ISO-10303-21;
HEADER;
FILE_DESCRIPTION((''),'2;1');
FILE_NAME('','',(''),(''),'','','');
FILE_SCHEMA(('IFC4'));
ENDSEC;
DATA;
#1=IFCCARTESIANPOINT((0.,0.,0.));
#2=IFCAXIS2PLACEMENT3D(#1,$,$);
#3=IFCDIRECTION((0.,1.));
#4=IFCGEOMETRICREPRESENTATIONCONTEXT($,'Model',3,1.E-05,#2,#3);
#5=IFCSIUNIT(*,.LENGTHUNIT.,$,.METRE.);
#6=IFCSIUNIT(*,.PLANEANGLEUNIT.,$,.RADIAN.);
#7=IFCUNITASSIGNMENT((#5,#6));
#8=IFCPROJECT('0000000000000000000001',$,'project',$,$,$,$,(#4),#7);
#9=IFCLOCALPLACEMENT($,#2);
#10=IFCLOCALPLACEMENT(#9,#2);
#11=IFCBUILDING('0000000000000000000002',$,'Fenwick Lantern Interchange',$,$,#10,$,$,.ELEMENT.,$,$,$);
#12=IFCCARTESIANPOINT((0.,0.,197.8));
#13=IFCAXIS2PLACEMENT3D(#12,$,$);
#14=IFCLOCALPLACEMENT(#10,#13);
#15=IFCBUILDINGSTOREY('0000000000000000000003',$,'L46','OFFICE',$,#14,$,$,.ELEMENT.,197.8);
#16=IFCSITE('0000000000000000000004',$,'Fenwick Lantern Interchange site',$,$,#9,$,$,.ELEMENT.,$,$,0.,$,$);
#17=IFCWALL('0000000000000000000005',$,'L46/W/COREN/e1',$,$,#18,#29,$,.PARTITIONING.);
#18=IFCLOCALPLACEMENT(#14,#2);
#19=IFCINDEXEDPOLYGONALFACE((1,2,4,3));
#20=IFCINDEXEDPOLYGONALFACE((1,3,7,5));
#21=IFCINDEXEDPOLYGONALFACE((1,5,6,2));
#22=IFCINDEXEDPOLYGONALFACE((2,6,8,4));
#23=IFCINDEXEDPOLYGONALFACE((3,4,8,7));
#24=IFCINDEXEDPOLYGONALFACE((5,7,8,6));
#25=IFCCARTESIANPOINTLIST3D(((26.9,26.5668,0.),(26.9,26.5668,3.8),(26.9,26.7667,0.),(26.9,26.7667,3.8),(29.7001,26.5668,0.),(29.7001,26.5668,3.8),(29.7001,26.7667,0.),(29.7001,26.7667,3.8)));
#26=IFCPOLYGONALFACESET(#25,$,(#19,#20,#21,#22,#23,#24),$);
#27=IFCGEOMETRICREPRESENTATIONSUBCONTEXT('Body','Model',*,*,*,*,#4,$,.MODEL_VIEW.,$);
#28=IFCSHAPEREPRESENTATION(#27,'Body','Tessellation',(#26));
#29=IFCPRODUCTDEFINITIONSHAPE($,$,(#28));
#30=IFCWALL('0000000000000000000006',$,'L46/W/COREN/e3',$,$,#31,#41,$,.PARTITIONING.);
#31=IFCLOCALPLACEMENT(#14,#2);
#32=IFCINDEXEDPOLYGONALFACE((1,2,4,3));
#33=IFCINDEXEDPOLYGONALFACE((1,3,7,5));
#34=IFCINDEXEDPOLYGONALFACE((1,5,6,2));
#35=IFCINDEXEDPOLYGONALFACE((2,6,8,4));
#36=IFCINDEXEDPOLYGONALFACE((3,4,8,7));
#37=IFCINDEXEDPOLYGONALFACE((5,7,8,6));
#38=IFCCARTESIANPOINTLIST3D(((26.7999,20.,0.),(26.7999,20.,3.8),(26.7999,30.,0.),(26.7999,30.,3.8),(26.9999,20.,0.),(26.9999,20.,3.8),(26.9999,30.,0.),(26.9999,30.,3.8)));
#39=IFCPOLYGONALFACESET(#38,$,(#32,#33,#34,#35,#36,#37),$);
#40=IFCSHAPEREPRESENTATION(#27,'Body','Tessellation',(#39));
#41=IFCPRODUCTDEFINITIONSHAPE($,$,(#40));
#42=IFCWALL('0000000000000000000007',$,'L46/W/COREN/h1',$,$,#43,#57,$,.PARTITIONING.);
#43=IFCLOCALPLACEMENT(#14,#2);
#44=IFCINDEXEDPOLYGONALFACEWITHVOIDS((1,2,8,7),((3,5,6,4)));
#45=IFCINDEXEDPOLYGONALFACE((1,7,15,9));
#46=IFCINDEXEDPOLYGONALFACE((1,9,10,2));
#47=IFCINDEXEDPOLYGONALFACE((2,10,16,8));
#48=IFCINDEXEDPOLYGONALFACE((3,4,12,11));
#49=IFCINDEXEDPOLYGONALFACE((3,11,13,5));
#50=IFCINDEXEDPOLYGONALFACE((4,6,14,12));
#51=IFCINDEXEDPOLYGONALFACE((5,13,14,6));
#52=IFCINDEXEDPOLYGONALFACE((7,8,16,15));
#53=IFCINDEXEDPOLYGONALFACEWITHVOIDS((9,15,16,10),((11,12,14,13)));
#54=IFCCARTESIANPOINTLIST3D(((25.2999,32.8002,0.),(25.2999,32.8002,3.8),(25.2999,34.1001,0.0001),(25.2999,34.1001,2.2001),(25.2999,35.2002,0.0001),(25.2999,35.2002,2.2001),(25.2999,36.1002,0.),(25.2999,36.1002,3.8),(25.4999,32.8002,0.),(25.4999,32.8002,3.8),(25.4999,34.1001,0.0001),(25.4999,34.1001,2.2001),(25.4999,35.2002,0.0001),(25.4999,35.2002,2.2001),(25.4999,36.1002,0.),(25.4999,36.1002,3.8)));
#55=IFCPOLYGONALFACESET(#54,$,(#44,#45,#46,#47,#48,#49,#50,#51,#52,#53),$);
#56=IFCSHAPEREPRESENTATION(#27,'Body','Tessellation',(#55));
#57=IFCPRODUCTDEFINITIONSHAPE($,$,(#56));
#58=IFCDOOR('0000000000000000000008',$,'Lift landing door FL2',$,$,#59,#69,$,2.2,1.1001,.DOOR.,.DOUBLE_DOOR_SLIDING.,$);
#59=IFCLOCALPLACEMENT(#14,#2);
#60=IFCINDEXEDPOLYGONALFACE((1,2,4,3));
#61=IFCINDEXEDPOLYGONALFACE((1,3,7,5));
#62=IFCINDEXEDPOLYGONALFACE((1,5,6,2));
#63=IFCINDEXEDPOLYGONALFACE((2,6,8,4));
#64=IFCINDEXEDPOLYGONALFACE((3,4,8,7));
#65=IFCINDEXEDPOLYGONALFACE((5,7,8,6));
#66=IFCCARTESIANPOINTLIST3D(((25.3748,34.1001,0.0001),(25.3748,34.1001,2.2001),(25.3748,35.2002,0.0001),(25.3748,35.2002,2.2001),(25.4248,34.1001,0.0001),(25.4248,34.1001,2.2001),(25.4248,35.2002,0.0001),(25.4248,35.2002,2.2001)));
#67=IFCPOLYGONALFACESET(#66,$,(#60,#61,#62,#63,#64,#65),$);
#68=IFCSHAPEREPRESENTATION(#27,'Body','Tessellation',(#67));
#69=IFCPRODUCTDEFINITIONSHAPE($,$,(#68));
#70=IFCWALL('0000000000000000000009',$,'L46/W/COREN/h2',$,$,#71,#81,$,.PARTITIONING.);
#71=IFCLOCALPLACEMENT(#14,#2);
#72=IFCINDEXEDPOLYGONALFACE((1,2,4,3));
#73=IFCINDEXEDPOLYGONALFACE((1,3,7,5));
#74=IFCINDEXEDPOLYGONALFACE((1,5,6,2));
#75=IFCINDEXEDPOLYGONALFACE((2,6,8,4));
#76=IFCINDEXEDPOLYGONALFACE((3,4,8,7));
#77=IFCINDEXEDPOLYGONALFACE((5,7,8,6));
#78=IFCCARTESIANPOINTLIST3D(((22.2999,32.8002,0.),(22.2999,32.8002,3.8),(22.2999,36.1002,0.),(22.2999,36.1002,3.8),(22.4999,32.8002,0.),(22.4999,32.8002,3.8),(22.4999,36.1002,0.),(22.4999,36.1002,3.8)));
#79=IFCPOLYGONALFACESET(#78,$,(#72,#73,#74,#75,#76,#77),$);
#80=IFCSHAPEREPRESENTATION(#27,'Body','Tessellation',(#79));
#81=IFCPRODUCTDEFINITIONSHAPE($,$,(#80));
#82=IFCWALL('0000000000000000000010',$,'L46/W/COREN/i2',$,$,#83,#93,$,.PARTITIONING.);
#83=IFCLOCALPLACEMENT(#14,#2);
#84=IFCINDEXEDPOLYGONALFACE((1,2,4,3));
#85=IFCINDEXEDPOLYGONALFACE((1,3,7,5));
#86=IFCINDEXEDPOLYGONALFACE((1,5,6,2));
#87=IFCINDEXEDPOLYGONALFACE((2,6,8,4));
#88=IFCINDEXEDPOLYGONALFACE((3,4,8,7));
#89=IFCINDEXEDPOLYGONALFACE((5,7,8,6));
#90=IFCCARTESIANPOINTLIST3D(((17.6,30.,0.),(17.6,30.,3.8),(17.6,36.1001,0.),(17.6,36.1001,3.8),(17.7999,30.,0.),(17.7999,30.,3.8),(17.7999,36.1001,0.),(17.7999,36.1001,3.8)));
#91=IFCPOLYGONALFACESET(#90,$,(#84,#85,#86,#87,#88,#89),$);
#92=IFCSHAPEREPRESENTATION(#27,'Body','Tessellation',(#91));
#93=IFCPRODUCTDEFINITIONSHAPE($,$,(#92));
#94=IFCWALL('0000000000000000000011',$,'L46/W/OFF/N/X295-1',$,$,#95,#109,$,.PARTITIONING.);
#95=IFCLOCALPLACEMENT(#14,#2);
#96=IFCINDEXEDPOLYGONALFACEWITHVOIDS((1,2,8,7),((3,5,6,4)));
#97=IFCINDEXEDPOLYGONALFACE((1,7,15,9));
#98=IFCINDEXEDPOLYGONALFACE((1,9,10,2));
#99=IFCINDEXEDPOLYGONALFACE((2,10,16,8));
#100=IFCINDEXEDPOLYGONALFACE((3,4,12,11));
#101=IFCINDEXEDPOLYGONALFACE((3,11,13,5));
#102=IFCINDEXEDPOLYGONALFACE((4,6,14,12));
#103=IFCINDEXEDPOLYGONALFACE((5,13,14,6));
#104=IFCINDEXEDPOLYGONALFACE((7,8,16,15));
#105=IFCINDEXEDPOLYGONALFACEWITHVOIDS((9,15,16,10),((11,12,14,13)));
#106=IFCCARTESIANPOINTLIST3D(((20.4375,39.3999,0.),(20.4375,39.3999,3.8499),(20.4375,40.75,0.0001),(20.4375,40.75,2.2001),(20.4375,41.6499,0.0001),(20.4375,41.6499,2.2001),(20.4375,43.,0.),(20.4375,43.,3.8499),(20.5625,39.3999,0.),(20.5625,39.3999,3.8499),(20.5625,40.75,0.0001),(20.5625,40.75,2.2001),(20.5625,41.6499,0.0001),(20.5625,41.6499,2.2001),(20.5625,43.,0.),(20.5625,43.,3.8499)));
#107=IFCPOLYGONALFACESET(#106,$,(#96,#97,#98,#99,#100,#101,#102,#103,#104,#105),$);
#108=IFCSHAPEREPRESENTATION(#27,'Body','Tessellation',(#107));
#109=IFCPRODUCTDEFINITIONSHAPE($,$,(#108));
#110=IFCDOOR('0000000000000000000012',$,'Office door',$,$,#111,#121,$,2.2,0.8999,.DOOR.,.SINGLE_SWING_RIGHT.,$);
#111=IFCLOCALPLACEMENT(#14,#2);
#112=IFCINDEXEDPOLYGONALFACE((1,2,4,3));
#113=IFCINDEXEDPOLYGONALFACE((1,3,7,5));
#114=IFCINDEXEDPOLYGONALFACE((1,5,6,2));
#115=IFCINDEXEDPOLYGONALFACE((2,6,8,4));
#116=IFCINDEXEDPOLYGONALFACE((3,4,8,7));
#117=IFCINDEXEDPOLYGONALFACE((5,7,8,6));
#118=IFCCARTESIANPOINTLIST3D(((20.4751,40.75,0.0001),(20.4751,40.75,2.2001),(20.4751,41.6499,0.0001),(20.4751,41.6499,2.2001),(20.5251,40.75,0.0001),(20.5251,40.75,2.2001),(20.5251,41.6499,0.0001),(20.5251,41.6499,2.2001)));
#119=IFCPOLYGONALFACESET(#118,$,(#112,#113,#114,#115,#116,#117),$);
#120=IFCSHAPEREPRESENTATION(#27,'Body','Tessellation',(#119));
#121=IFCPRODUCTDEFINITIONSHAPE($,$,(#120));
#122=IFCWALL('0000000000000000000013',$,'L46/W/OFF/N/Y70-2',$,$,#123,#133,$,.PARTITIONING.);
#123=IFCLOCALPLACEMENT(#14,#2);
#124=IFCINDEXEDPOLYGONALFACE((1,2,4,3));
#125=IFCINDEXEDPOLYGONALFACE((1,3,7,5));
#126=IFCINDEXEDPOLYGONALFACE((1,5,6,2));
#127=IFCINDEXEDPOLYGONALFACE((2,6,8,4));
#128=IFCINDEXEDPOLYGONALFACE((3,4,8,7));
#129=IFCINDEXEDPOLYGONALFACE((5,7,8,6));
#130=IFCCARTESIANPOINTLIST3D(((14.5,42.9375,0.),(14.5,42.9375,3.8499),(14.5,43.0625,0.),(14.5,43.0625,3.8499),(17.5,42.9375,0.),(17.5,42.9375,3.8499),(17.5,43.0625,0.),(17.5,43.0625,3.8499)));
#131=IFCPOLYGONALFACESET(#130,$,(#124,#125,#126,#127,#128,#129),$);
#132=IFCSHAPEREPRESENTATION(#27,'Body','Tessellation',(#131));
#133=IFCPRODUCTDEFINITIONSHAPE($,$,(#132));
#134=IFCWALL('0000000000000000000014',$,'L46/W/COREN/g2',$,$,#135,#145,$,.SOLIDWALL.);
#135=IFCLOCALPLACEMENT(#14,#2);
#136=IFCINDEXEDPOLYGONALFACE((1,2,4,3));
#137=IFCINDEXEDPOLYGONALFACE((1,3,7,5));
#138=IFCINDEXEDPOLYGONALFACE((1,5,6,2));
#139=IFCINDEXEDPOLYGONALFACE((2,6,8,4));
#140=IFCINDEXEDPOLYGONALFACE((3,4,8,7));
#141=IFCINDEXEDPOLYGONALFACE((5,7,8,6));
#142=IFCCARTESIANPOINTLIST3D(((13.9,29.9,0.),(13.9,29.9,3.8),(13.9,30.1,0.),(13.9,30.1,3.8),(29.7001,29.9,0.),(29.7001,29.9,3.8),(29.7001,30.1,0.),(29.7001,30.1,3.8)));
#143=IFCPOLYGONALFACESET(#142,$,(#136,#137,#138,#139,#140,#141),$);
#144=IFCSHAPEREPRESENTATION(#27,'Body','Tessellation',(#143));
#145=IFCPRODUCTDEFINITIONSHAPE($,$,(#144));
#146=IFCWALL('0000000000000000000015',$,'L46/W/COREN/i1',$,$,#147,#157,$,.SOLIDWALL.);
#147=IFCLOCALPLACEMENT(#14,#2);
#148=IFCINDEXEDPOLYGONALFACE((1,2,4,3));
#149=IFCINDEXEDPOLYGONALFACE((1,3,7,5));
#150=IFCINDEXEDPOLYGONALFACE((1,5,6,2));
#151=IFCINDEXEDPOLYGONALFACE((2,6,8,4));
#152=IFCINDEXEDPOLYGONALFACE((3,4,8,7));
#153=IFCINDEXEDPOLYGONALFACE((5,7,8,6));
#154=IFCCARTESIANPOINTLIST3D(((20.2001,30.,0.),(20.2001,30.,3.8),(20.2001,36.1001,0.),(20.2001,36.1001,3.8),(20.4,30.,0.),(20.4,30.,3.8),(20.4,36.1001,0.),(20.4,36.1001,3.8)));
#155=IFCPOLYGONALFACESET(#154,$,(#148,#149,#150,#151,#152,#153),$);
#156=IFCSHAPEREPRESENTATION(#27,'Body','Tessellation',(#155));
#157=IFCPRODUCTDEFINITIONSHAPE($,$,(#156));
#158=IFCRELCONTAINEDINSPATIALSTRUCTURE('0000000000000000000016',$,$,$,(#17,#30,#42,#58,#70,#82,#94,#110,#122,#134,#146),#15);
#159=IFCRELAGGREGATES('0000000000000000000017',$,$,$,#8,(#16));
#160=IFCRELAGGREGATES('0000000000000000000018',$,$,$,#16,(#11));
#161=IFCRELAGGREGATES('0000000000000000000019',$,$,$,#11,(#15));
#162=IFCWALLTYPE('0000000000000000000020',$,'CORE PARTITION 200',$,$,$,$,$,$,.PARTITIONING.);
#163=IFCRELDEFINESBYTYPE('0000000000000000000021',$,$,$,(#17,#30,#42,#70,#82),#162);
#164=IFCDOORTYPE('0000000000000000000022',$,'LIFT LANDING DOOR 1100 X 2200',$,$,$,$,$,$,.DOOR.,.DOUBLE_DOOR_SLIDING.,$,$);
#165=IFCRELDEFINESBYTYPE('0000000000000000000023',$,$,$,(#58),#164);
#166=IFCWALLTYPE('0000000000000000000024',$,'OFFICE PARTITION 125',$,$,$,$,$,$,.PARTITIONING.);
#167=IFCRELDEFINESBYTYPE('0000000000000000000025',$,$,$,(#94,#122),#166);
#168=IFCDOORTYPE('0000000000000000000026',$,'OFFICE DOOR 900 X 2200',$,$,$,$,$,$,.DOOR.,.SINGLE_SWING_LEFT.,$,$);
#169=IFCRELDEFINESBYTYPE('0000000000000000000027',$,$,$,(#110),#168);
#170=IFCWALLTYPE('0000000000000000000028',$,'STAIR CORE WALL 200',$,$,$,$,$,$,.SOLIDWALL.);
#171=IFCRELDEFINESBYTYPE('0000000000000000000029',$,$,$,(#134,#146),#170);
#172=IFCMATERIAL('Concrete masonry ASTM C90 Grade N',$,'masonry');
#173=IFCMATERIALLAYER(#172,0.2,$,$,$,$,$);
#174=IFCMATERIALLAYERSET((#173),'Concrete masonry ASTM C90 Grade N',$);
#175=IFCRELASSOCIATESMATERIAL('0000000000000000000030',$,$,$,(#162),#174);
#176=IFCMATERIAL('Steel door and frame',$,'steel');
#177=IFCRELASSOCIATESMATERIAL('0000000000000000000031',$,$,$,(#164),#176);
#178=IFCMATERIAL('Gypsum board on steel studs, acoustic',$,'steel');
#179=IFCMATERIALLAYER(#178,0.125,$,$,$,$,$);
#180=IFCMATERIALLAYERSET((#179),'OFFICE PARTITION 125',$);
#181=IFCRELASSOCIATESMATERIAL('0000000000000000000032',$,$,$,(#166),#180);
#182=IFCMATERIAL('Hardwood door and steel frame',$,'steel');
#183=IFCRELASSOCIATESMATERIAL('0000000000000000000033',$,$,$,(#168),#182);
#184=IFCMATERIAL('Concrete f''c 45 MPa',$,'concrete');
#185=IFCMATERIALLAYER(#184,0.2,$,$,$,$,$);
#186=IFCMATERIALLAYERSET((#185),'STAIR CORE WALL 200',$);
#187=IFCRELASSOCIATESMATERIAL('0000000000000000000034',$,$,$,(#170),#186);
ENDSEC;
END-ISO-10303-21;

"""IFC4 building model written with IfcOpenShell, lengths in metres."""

from ifc_helpers import new_model, si_unit, direction, frame, frame_2d, origin, place, context, subcontext, project, spatial, rectangle, extrude, material, layer, layer_set, type_object, element, fill, save


model = new_model("IFC4")

# Units and contexts
model_context = context("Model", 3, precision=1e-05, world=origin(), true_north=direction((0.0, 1.0)))
body_context = subcontext(model_context, "Body", "Model", "MODEL_VIEW")
ifc_project = project(units=[si_unit("LENGTHUNIT", "METRE"), si_unit("PLANEANGLEUNIT", "RADIAN")], contexts=[model_context])

# Site, building, storey
site_placement = place(None, origin())
site = spatial("IfcSite", under=ifc_project, at=site_placement, Name="Fenwick Lantern Interchange site", CompositionType="ELEMENT", RefElevation=0.0)
building_placement = place(site_placement, origin())
building = spatial("IfcBuilding", under=site, at=building_placement, Name="Fenwick Lantern Interchange", CompositionType="ELEMENT")
storey_placement = place(building_placement, frame((0.0, 0.0, 197.8)))
storey = spatial("IfcBuildingStorey", under=building, at=storey_placement, Name="L46", Description="OFFICE", CompositionType="ELEMENT", Elevation=197.8)

# Walls
ifc_material_1 = material(Name="Concrete masonry ASTM C90 Grade N", Category="masonry")
ifc_layer_1 = layer(ifc_material_1, 0.2)
ifc_layer_set_1 = layer_set([ifc_layer_1], Name="Concrete masonry ASTM C90 Grade N")
wall_type_1 = type_object("IfcWallType", Name="CORE PARTITION 200", PredefinedType="PARTITIONING", material=ifc_layer_set_1)
wall_1_placement = place(storey_placement, frame((29.7, 26.6667, 0.0), z_axis=(0.0, 0.0, 1.0), x_axis=(-1.0, 0.0, 0.0)))
element("IfcWall", 1, at=wall_1_placement, inside=storey, type_object=wall_type_1, Name="L46/W/COREN/e1", PredefinedType="PARTITIONING", context=body_context, shape_type="SweptSolid", body=[
    extrude(rectangle(XDim=2.8, YDim=0.2, at=frame_2d((1.3999, 0.0))), origin(), (0.0, 0.0, 1.0), 3.8),
])
wall_2_placement = place(storey_placement, frame((26.8999, 30.0, 0.0), z_axis=(0.0, 0.0, 1.0), x_axis=(0.0, -1.0, 0.0)))
element("IfcWall", 2, at=wall_2_placement, inside=storey, type_object=wall_type_1, Name="L46/W/COREN/e3", PredefinedType="PARTITIONING", context=body_context, shape_type="SweptSolid", body=[
    extrude(rectangle(XDim=10.0, YDim=0.2, at=frame_2d((5.0, 0.0))), origin(), (0.0, 0.0, 1.0), 3.8),
])

# Wall, opening, door
wall_3_placement = place(storey_placement, frame((25.3999, 36.1001, 0.0), z_axis=(0.0, 0.0, 1.0), x_axis=(0.0, -1.0, 0.0)))
wall_3 = element("IfcWall", 3, at=wall_3_placement, inside=storey, type_object=wall_type_1, Name="L46/W/COREN/h1", PredefinedType="PARTITIONING", context=body_context, shape_type="SweptSolid", body=[
    extrude(rectangle(XDim=3.3, YDim=0.2, at=frame_2d((1.6499, 0.0))), origin(), (0.0, 0.0, 1.0), 3.8),
])
opening_1_placement = place(wall_3_placement, frame((0.8999, 0.0, 0.0)))
opening_1 = element("IfcOpeningElement", 4, at=opening_1_placement, cuts=wall_3, PredefinedType="OPENING", context=body_context, shape_type="SweptSolid", body=[
    extrude(rectangle(XDim=1.1001, YDim=2.2, at=frame_2d((0.55, 1.1001))), frame((0.0, 0.1099, 0.0), z_axis=(0.0, -1.0, 0.0), x_axis=(1.0, 0.0, 0.0)), (0.0, 0.0, 1.0), 0.22),
])
ifc_material_2 = material(Name="Steel door and frame", Category="steel")
door_type_1 = type_object("IfcDoorType", Name="LIFT LANDING DOOR 1100 X 2200", OperationType="DOUBLE_DOOR_SLIDING", PredefinedType="DOOR", material=ifc_material_2)
door_1_placement = place(opening_1_placement, origin())
door_1 = element("IfcDoor", 5, at=door_1_placement, inside=storey, type_object=door_type_1, Name="Lift landing door FL2", OperationType="DOUBLE_DOOR_SLIDING", OverallHeight=2.2, OverallWidth=1.1001, PredefinedType="DOOR", context=body_context, shape_type="SweptSolid", body=[
    extrude(rectangle(XDim=1.1001, YDim=2.2, at=frame_2d((0.55, 1.1001))), frame((0.0, 0.0249, 0.0), z_axis=(0.0, -1.0, 0.0), x_axis=(1.0, 0.0, 0.0)), (0.0, 0.0, 1.0), 0.05),
])
fill(opening_1, door_1)

# Walls
wall_4_placement = place(storey_placement, frame((22.3999, 36.1001, 0.0), z_axis=(0.0, 0.0, 1.0), x_axis=(0.0, -1.0, 0.0)))
element("IfcWall", 6, at=wall_4_placement, inside=storey, type_object=wall_type_1, Name="L46/W/COREN/h2", PredefinedType="PARTITIONING", context=body_context, shape_type="SweptSolid", body=[
    extrude(rectangle(XDim=3.3, YDim=0.2, at=frame_2d((1.6499, 0.0))), origin(), (0.0, 0.0, 1.0), 3.8),
])
wall_5_placement = place(storey_placement, frame((17.7, 36.1001, 0.0), z_axis=(0.0, 0.0, 1.0), x_axis=(0.0, -1.0, 0.0)))
element("IfcWall", 7, at=wall_5_placement, inside=storey, type_object=wall_type_1, Name="L46/W/COREN/i2", PredefinedType="PARTITIONING", context=body_context, shape_type="SweptSolid", body=[
    extrude(rectangle(XDim=6.1001, YDim=0.2, at=frame_2d((3.05, 0.0))), origin(), (0.0, 0.0, 1.0), 3.8),
])

# Wall, opening, door
ifc_material_3 = material(Name="Gypsum board on steel studs, acoustic", Category="steel")
ifc_layer_2 = layer(ifc_material_3, 0.125)
ifc_layer_set_2 = layer_set([ifc_layer_2], Name="OFFICE PARTITION 125")
wall_type_2 = type_object("IfcWallType", Name="OFFICE PARTITION 125", PredefinedType="PARTITIONING", material=ifc_layer_set_2)
wall_6_placement = place(storey_placement, frame((20.5, 43.0, 0.0), z_axis=(0.0, 0.0, 1.0), x_axis=(0.0, -1.0, 0.0)))
wall_6 = element("IfcWall", 8, at=wall_6_placement, inside=storey, type_object=wall_type_2, Name="L46/W/OFF/N/X295-1", PredefinedType="PARTITIONING", context=body_context, shape_type="SweptSolid", body=[
    extrude(rectangle(XDim=3.6001, YDim=0.125, at=frame_2d((1.8, 0.0))), origin(), (0.0, 0.0, 1.0), 3.8499),
])
opening_2_placement = place(wall_6_placement, frame((1.3501, 0.0, 0.0)))
opening_2 = element("IfcOpeningElement", 9, at=opening_2_placement, cuts=wall_6, PredefinedType="OPENING", context=body_context, shape_type="SweptSolid", body=[
    extrude(rectangle(XDim=0.8999, YDim=2.2, at=frame_2d((0.45, 1.1001))), frame((0.0, 0.0725, 0.0), z_axis=(0.0, -1.0, 0.0), x_axis=(1.0, 0.0, 0.0)), (0.0, 0.0, 1.0), 0.145),
])
ifc_material_4 = material(Name="Hardwood door and steel frame", Category="steel")
door_type_2 = type_object("IfcDoorType", Name="OFFICE DOOR 900 X 2200", OperationType="SINGLE_SWING_LEFT", PredefinedType="DOOR", material=ifc_material_4)
door_2_placement = place(opening_2_placement, frame((0.8999, 0.0, 0.0), z_axis=(0.0, 0.0, 1.0), x_axis=(-1.0, 0.0, 0.0)))
door_2 = element("IfcDoor", 10, at=door_2_placement, inside=storey, type_object=door_type_2, Name="Office door", OperationType="SINGLE_SWING_RIGHT", OverallHeight=2.2, OverallWidth=0.8999, PredefinedType="DOOR", context=body_context, shape_type="SweptSolid", body=[
    extrude(rectangle(XDim=0.8999, YDim=2.2, at=frame_2d((0.45, 1.1001))), frame((0.0, 0.0249, 0.0), z_axis=(0.0, -1.0, 0.0), x_axis=(1.0, 0.0, 0.0)), (0.0, 0.0, 1.0), 0.05),
])
fill(opening_2, door_2)

# Walls
wall_7_placement = place(storey_placement, frame((17.5, 43.0, 0.0), z_axis=(0.0, 0.0, 1.0), x_axis=(-1.0, 0.0, 0.0)))
element("IfcWall", 11, at=wall_7_placement, inside=storey, type_object=wall_type_2, Name="L46/W/OFF/N/Y70-2", PredefinedType="PARTITIONING", context=body_context, shape_type="SweptSolid", body=[
    extrude(rectangle(XDim=3.0, YDim=0.125, at=frame_2d((1.5, 0.0))), origin(), (0.0, 0.0, 1.0), 3.8499),
])
ifc_material_5 = material(Name="Concrete f'c 45 MPa", Category="concrete")
ifc_layer_3 = layer(ifc_material_5, 0.2)
ifc_layer_set_3 = layer_set([ifc_layer_3], Name="STAIR CORE WALL 200")
wall_type_3 = type_object("IfcWallType", Name="STAIR CORE WALL 200", PredefinedType="SOLIDWALL", material=ifc_layer_set_3)
wall_8_placement = place(storey_placement, frame((29.7, 30.0, 0.0), z_axis=(0.0, 0.0, 1.0), x_axis=(-1.0, 0.0, 0.0)))
element("IfcWall", 12, at=wall_8_placement, inside=storey, type_object=wall_type_3, Name="L46/W/COREN/g2", PredefinedType="SOLIDWALL", context=body_context, shape_type="SweptSolid", body=[
    extrude(rectangle(XDim=15.8, YDim=0.2, at=frame_2d((7.8999, 0.0))), origin(), (0.0, 0.0, 1.0), 3.8),
])
wall_9_placement = place(storey_placement, frame((20.3, 36.1001, 0.0), z_axis=(0.0, 0.0, 1.0), x_axis=(0.0, -1.0, 0.0)))
element("IfcWall", 13, at=wall_9_placement, inside=storey, type_object=wall_type_3, Name="L46/W/COREN/i1", PredefinedType="SOLIDWALL", context=body_context, shape_type="SweptSolid", body=[
    extrude(rectangle(XDim=6.1001, YDim=0.2, at=frame_2d((3.05, 0.0))), origin(), (0.0, 0.0, 1.0), 3.8),
])

save(model, "model.ifc")
